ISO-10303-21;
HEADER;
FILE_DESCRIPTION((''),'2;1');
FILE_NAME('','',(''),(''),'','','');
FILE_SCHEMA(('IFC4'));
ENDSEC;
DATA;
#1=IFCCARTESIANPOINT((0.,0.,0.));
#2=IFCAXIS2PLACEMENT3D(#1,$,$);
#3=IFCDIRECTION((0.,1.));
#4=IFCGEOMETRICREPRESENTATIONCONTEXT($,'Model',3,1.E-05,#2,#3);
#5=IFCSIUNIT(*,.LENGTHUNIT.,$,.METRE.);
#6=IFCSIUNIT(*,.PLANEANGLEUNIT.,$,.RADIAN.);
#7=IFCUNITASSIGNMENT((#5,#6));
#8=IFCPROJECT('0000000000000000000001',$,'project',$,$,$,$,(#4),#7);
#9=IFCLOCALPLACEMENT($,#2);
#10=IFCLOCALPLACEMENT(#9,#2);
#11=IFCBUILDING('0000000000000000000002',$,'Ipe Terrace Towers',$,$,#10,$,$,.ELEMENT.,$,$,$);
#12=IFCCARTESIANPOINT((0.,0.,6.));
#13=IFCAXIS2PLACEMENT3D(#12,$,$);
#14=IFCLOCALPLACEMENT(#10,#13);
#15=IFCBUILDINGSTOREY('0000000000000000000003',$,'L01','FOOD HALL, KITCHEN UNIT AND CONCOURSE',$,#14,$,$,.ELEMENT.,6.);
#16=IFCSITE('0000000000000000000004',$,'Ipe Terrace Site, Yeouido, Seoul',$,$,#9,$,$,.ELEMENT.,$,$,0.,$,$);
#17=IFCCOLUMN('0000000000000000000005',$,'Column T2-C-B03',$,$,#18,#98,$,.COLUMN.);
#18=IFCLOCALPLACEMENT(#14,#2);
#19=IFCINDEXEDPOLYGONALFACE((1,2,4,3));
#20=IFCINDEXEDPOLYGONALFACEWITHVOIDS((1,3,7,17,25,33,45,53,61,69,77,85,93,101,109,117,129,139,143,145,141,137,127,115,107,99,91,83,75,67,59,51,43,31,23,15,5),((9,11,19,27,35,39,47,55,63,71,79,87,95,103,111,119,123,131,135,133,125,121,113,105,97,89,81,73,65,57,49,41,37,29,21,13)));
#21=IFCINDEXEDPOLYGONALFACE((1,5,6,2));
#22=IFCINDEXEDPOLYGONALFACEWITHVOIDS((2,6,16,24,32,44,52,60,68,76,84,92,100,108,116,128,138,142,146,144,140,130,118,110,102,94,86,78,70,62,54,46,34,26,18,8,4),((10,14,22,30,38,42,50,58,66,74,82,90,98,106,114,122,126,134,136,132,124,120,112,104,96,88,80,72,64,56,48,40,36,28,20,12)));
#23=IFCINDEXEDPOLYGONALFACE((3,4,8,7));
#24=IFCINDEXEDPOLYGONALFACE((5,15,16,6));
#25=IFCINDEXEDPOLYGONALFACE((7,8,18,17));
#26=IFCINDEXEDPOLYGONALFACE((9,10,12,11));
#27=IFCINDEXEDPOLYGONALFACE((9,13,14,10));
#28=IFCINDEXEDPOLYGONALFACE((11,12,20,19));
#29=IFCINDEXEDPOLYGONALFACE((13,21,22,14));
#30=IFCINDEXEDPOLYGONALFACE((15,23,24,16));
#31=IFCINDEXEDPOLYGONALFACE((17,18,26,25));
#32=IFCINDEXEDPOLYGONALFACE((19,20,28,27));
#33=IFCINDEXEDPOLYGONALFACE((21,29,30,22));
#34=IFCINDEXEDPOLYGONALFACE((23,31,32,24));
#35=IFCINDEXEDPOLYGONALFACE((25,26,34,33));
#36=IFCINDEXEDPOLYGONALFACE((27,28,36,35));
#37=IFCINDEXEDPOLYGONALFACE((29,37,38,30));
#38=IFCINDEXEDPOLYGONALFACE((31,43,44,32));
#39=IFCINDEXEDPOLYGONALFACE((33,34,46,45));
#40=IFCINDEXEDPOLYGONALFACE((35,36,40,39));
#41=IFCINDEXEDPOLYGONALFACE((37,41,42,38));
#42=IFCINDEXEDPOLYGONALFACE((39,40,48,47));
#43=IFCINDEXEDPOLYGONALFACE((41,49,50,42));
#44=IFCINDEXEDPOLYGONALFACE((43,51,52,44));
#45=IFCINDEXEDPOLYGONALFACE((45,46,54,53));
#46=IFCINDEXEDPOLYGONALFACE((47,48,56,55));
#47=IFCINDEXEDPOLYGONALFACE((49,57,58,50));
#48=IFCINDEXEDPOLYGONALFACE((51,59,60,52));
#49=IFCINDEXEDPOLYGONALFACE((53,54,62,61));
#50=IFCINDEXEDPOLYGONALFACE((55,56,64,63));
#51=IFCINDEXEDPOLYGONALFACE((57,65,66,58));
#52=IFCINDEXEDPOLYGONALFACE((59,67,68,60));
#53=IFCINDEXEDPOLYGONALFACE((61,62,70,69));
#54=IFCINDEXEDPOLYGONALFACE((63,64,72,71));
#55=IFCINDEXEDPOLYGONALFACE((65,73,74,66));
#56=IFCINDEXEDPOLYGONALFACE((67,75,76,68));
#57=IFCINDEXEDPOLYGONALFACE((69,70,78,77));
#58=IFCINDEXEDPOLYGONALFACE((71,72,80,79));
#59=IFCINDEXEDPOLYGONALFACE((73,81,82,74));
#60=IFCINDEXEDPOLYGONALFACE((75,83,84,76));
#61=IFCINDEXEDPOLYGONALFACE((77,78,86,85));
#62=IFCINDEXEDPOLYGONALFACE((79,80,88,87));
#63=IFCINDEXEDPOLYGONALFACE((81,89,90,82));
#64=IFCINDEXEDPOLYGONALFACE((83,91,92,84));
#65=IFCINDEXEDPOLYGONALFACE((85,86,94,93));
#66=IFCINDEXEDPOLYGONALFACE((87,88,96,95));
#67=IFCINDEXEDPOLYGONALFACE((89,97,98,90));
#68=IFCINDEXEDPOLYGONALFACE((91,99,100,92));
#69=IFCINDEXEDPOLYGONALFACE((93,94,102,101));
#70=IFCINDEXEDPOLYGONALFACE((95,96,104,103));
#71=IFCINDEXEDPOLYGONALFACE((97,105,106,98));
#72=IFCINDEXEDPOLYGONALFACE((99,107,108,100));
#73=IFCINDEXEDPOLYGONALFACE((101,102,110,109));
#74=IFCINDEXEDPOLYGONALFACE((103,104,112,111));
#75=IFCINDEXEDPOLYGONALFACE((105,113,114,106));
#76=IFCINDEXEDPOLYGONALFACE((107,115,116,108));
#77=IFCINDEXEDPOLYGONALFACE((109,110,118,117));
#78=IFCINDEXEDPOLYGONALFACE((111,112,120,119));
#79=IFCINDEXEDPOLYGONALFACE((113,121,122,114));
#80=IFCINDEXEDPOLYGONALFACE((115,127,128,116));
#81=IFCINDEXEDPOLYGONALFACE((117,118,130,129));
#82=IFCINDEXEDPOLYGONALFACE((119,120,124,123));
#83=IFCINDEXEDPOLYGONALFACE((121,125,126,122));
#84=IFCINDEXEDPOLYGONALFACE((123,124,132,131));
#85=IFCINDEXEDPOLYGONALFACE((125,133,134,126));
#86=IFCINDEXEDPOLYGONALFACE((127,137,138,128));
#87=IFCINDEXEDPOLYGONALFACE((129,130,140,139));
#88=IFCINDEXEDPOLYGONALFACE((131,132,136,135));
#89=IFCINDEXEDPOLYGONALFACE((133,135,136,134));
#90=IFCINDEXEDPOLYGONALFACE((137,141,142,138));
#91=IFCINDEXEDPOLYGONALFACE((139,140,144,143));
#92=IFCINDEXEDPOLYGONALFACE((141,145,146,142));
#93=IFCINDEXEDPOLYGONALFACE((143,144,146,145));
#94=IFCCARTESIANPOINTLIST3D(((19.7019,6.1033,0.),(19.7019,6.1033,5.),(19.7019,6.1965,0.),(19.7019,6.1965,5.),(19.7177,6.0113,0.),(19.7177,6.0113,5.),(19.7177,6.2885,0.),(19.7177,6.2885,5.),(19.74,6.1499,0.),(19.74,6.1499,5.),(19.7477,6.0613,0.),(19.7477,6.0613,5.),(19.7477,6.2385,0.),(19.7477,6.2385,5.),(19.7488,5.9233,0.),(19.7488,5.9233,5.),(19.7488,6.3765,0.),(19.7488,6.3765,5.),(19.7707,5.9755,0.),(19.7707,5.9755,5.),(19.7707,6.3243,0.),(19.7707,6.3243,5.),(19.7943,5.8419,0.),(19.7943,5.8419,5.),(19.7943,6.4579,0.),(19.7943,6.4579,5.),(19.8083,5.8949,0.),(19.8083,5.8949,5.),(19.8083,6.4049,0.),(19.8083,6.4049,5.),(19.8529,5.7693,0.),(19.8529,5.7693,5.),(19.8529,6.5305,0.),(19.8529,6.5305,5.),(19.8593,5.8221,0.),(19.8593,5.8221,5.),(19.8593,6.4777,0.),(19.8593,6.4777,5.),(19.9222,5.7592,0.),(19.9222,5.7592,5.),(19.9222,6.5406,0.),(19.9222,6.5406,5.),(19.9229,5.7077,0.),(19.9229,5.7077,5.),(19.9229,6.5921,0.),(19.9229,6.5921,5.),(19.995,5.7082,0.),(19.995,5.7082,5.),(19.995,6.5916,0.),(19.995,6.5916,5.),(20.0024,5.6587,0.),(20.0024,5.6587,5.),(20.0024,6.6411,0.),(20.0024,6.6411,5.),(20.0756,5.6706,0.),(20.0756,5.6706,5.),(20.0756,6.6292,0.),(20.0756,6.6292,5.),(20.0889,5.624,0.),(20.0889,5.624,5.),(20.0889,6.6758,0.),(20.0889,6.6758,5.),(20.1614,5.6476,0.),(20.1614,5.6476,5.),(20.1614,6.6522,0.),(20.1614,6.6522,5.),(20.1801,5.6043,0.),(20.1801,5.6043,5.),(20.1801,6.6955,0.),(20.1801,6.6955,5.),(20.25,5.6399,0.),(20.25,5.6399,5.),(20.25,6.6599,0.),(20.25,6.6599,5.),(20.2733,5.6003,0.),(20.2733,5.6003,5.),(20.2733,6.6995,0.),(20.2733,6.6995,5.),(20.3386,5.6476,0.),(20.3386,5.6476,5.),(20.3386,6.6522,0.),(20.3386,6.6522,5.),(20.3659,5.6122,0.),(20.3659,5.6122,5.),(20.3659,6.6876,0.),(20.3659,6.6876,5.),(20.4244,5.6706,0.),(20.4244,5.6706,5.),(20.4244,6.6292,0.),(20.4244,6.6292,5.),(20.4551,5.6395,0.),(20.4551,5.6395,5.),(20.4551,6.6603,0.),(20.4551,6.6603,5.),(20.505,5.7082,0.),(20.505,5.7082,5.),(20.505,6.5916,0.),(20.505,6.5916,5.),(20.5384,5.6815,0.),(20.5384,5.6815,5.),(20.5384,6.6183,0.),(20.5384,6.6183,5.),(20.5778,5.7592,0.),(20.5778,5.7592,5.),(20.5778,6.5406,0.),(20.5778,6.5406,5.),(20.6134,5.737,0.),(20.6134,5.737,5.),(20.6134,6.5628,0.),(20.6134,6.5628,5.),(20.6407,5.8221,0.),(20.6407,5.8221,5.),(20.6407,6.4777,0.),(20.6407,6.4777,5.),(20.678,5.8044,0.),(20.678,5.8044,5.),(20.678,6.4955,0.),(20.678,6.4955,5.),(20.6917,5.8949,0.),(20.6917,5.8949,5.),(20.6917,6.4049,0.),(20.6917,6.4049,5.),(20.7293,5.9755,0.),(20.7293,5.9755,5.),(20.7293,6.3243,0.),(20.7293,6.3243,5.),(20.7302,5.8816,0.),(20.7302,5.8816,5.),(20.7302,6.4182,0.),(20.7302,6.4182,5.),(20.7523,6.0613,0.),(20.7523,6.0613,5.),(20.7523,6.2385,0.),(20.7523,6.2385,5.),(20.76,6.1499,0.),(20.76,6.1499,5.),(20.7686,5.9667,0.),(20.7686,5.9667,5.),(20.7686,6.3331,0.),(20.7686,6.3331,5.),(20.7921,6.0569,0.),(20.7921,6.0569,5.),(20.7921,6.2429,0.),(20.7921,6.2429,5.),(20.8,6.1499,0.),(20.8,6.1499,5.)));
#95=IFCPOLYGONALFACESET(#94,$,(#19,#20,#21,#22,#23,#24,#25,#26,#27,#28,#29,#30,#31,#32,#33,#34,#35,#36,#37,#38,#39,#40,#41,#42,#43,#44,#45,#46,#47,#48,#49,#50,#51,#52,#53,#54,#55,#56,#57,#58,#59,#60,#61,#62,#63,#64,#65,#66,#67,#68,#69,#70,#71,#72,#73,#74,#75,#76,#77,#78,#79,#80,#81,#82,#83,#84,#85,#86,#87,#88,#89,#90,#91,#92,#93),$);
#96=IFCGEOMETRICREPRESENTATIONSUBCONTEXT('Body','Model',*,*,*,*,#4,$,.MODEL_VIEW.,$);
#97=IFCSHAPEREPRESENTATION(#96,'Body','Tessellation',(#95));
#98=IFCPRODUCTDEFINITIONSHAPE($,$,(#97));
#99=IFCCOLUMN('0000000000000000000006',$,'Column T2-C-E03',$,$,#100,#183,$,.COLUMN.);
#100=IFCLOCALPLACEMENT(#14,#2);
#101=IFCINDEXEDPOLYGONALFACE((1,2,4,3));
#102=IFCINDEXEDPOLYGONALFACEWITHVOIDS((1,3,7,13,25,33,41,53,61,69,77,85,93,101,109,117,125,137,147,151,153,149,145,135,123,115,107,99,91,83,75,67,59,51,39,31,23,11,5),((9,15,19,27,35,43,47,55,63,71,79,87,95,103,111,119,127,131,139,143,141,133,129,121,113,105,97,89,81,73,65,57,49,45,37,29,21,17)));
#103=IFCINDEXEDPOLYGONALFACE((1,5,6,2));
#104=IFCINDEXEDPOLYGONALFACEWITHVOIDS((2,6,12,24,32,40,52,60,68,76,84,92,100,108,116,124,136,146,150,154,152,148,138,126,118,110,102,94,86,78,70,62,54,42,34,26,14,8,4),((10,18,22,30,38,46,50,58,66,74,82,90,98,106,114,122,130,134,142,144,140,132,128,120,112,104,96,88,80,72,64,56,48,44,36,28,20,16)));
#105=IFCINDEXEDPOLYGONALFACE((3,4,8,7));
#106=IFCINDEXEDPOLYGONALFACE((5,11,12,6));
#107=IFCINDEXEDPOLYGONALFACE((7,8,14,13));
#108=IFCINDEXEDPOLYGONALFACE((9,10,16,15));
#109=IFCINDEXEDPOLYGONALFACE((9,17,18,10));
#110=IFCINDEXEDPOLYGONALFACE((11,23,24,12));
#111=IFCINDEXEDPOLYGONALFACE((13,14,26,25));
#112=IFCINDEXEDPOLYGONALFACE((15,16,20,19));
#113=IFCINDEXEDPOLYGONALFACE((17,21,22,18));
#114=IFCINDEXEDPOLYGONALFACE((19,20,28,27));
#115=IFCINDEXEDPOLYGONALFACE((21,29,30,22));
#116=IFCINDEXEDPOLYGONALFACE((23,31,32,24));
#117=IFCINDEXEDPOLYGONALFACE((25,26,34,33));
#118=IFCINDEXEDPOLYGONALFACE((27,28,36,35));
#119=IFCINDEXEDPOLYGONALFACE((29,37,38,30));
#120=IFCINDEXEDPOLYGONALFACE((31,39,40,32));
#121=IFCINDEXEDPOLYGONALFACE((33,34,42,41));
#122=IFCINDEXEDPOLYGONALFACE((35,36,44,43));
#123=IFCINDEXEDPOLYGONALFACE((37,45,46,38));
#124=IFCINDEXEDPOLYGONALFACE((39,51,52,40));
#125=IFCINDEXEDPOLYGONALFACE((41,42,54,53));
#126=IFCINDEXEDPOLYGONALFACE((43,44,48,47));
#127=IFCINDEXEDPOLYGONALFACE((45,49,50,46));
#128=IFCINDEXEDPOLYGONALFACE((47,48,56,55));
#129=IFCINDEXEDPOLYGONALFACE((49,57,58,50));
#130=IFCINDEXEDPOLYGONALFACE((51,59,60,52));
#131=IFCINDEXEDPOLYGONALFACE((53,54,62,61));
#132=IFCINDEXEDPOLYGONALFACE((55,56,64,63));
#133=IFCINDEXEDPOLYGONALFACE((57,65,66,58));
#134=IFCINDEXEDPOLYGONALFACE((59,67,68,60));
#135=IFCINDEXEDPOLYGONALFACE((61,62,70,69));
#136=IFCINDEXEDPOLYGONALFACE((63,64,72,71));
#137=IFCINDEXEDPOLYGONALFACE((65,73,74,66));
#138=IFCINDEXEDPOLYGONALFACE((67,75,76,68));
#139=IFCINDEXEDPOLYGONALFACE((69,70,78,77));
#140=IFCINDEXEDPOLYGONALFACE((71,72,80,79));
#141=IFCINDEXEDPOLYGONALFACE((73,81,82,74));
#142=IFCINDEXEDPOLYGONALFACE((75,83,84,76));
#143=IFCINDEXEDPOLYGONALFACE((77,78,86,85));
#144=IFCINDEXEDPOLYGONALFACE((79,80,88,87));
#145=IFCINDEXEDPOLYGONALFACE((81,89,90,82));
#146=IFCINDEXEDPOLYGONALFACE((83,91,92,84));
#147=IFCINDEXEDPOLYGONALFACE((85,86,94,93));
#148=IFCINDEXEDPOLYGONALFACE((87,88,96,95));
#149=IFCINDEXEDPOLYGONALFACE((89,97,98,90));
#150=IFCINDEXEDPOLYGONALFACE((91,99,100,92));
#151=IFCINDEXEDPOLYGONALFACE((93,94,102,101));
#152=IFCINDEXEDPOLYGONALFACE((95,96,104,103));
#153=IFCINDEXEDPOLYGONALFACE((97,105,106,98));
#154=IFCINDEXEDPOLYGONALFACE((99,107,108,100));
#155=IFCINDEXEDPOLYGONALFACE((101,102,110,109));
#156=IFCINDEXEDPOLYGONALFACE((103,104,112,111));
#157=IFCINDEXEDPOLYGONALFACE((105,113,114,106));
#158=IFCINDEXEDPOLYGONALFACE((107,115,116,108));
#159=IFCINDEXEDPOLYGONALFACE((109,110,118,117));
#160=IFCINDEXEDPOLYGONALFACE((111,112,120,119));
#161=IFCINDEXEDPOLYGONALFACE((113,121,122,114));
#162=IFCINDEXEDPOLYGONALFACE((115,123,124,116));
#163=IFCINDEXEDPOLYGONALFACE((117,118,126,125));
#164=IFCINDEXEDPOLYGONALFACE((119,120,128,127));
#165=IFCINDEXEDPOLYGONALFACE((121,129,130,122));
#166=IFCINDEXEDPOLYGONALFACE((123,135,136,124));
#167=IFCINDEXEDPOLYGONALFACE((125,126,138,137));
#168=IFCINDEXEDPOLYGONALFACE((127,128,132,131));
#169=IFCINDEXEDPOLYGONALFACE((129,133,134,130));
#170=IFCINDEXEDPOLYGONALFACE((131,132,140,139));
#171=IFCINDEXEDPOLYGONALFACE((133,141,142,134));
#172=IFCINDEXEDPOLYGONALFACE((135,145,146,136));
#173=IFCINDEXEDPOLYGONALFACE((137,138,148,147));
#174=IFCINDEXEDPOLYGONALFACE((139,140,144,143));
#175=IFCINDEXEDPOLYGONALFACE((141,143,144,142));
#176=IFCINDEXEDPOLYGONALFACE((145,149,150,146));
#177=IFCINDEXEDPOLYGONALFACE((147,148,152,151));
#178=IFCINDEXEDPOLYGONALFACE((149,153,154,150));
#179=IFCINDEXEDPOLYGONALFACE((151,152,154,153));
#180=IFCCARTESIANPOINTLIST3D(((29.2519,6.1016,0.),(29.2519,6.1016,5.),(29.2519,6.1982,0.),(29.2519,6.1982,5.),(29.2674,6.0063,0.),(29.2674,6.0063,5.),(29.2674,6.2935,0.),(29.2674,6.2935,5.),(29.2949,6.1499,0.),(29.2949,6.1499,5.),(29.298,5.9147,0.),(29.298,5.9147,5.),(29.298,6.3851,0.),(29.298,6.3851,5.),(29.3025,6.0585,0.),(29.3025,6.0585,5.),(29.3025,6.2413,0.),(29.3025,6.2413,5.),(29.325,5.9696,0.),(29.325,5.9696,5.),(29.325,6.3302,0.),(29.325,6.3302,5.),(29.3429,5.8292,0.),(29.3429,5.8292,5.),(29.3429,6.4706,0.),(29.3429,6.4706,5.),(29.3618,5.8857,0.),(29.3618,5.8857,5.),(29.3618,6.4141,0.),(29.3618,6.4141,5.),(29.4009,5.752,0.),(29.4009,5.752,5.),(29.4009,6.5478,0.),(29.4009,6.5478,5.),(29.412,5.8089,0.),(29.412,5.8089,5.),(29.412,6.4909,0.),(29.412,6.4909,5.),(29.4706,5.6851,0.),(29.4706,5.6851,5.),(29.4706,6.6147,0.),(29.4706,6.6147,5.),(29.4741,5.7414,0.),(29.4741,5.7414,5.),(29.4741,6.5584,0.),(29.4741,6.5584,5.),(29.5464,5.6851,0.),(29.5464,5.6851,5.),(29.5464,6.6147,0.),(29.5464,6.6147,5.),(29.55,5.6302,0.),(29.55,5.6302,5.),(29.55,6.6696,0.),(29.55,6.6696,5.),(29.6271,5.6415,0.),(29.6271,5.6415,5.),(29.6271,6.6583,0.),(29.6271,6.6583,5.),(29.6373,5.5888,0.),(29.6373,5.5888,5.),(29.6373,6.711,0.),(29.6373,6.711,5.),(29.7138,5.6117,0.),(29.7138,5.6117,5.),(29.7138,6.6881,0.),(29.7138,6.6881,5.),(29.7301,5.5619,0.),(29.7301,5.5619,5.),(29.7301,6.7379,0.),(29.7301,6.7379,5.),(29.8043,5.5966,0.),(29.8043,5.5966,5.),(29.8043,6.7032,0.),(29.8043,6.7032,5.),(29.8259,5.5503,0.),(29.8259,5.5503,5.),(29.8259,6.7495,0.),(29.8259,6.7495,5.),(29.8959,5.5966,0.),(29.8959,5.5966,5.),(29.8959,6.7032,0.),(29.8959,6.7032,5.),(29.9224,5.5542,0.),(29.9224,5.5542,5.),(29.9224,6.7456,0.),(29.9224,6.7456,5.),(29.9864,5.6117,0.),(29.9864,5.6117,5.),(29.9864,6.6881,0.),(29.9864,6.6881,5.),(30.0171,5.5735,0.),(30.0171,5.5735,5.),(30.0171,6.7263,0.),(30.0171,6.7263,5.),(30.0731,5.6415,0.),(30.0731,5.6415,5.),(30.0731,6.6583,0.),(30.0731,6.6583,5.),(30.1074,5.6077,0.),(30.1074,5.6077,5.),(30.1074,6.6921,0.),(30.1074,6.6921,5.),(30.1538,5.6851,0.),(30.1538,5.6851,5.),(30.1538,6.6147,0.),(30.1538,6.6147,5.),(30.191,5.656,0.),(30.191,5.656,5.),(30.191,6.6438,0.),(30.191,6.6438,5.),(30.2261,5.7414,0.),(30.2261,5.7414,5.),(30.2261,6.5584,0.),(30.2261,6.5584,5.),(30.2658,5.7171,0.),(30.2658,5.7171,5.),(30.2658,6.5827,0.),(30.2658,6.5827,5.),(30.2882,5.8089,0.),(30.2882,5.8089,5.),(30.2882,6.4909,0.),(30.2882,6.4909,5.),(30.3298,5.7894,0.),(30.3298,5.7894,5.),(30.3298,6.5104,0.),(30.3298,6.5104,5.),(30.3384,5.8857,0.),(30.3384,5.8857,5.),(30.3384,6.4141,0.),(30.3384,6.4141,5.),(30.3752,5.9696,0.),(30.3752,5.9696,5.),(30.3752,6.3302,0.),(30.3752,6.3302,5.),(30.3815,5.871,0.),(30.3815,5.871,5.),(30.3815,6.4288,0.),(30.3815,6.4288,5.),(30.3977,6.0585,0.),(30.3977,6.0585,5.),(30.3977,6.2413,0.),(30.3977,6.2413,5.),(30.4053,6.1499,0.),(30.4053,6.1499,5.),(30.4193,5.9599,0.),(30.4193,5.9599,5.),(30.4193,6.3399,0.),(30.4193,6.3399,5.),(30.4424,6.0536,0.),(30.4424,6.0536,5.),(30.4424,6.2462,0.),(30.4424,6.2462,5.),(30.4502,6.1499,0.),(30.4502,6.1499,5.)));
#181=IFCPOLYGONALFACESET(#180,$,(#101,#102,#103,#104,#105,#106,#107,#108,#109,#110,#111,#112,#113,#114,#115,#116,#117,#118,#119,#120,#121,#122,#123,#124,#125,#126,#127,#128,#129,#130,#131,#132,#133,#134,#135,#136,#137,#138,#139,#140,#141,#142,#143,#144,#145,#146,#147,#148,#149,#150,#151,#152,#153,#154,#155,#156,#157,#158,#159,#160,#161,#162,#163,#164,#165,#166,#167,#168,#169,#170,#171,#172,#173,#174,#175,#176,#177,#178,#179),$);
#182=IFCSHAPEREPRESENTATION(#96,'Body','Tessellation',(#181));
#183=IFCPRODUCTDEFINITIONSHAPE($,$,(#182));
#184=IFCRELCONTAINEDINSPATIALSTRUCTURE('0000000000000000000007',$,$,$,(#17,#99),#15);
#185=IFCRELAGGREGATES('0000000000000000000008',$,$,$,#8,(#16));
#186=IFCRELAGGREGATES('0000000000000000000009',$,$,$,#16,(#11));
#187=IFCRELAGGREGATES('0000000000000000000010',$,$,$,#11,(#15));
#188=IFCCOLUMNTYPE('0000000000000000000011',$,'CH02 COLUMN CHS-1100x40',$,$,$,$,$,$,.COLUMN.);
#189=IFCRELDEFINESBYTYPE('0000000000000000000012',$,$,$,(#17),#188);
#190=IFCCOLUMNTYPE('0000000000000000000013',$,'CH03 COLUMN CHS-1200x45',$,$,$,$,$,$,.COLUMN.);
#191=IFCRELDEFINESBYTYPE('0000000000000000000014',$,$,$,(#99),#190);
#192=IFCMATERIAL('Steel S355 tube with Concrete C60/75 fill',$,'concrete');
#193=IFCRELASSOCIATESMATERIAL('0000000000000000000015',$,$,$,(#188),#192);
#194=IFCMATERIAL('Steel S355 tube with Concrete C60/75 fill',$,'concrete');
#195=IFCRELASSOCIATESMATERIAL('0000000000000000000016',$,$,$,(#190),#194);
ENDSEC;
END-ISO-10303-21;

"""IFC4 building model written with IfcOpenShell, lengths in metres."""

from ifc_helpers import new_model, si_unit, direction, frame, origin, origin_2d, place, context, subcontext, project, spatial, hollow_circle, extrude, material, material_profile, profile_set, type_object, element, save


model = new_model("IFC4")

# Units and contexts
model_context = context("Model", 3, precision=1e-05, world=origin(), true_north=direction((0.0, 1.0)))
body_context = subcontext(model_context, "Body", "Model", "MODEL_VIEW")
ifc_project = project(units=[si_unit("LENGTHUNIT", "METRE"), si_unit("PLANEANGLEUNIT", "RADIAN")], contexts=[model_context])

# Site, building, storey
site_placement = place(None, origin())
site = spatial("IfcSite", under=ifc_project, at=site_placement, Name="Ipe Terrace Site, Yeouido, Seoul", CompositionType="ELEMENT", RefElevation=0.0)
building_placement = place(site_placement, origin())
building = spatial("IfcBuilding", under=site, at=building_placement, Name="Ipe Terrace Towers", CompositionType="ELEMENT")
storey_placement = place(building_placement, frame((0.0, 0.0, 6.0)))
storey = spatial("IfcBuildingStorey", under=building, at=storey_placement, Name="L01", Description="FOOD HALL, KITCHEN UNIT AND CONCOURSE", CompositionType="ELEMENT", Elevation=6.0)

# Columns
ifc_material_1 = material(Name="Steel S355 tube with Concrete C60/75 fill", Category="concrete")
ifc_material_profile_1 = material_profile(ifc_material_1, hollow_circle(Radius=0.55, WallThickness=0.04, at=origin_2d()), Name="CHS-1100x40")
ifc_profile_set_1 = profile_set([ifc_material_profile_1], Name="Steel S355 tube with Concrete C60/75 fill")
column_type_1 = type_object("IfcColumnType", Name="CH02 COLUMN CHS-1100x40", PredefinedType="COLUMN", material=ifc_profile_set_1)
column_1_placement = place(storey_placement, frame((20.25, 6.1499, 0.0), z_axis=(0.0, 0.0, 1.0), x_axis=(1.0, 0.0, 0.0)))
element("IfcColumn", 1, at=column_1_placement, inside=storey, type_object=column_type_1, Name="Column T2-C-B03", PredefinedType="COLUMN", context=body_context, shape_type="SweptSolid", body=[
    extrude(hollow_circle(Radius=0.55, WallThickness=0.04, at=origin_2d()), origin(), (0.0, 0.0, 1.0), 5.0),
])
ifc_material_2 = material(Name="Steel S355 tube with Concrete C60/75 fill", Category="concrete")
ifc_material_profile_2 = material_profile(ifc_material_2, hollow_circle(Radius=0.6001, WallThickness=0.0449, at=origin_2d()), Name="CHS-1200x45")
ifc_profile_set_2 = profile_set([ifc_material_profile_2], Name="Steel S355 tube with Concrete C60/75 fill")
column_type_2 = type_object("IfcColumnType", Name="CH03 COLUMN CHS-1200x45", PredefinedType="COLUMN", material=ifc_profile_set_2)
column_2_placement = place(storey_placement, frame((29.8501, 6.1499, 0.0), z_axis=(0.0, 0.0, 1.0), x_axis=(1.0, 0.0, 0.0)))
element("IfcColumn", 2, at=column_2_placement, inside=storey, type_object=column_type_2, Name="Column T2-C-E03", PredefinedType="COLUMN", context=body_context, shape_type="SweptSolid", body=[
    extrude(hollow_circle(Radius=0.6001, WallThickness=0.0449, at=origin_2d()), origin(), (0.0, 0.0, 1.0), 5.0),
])

save(model, "model.ifc")
